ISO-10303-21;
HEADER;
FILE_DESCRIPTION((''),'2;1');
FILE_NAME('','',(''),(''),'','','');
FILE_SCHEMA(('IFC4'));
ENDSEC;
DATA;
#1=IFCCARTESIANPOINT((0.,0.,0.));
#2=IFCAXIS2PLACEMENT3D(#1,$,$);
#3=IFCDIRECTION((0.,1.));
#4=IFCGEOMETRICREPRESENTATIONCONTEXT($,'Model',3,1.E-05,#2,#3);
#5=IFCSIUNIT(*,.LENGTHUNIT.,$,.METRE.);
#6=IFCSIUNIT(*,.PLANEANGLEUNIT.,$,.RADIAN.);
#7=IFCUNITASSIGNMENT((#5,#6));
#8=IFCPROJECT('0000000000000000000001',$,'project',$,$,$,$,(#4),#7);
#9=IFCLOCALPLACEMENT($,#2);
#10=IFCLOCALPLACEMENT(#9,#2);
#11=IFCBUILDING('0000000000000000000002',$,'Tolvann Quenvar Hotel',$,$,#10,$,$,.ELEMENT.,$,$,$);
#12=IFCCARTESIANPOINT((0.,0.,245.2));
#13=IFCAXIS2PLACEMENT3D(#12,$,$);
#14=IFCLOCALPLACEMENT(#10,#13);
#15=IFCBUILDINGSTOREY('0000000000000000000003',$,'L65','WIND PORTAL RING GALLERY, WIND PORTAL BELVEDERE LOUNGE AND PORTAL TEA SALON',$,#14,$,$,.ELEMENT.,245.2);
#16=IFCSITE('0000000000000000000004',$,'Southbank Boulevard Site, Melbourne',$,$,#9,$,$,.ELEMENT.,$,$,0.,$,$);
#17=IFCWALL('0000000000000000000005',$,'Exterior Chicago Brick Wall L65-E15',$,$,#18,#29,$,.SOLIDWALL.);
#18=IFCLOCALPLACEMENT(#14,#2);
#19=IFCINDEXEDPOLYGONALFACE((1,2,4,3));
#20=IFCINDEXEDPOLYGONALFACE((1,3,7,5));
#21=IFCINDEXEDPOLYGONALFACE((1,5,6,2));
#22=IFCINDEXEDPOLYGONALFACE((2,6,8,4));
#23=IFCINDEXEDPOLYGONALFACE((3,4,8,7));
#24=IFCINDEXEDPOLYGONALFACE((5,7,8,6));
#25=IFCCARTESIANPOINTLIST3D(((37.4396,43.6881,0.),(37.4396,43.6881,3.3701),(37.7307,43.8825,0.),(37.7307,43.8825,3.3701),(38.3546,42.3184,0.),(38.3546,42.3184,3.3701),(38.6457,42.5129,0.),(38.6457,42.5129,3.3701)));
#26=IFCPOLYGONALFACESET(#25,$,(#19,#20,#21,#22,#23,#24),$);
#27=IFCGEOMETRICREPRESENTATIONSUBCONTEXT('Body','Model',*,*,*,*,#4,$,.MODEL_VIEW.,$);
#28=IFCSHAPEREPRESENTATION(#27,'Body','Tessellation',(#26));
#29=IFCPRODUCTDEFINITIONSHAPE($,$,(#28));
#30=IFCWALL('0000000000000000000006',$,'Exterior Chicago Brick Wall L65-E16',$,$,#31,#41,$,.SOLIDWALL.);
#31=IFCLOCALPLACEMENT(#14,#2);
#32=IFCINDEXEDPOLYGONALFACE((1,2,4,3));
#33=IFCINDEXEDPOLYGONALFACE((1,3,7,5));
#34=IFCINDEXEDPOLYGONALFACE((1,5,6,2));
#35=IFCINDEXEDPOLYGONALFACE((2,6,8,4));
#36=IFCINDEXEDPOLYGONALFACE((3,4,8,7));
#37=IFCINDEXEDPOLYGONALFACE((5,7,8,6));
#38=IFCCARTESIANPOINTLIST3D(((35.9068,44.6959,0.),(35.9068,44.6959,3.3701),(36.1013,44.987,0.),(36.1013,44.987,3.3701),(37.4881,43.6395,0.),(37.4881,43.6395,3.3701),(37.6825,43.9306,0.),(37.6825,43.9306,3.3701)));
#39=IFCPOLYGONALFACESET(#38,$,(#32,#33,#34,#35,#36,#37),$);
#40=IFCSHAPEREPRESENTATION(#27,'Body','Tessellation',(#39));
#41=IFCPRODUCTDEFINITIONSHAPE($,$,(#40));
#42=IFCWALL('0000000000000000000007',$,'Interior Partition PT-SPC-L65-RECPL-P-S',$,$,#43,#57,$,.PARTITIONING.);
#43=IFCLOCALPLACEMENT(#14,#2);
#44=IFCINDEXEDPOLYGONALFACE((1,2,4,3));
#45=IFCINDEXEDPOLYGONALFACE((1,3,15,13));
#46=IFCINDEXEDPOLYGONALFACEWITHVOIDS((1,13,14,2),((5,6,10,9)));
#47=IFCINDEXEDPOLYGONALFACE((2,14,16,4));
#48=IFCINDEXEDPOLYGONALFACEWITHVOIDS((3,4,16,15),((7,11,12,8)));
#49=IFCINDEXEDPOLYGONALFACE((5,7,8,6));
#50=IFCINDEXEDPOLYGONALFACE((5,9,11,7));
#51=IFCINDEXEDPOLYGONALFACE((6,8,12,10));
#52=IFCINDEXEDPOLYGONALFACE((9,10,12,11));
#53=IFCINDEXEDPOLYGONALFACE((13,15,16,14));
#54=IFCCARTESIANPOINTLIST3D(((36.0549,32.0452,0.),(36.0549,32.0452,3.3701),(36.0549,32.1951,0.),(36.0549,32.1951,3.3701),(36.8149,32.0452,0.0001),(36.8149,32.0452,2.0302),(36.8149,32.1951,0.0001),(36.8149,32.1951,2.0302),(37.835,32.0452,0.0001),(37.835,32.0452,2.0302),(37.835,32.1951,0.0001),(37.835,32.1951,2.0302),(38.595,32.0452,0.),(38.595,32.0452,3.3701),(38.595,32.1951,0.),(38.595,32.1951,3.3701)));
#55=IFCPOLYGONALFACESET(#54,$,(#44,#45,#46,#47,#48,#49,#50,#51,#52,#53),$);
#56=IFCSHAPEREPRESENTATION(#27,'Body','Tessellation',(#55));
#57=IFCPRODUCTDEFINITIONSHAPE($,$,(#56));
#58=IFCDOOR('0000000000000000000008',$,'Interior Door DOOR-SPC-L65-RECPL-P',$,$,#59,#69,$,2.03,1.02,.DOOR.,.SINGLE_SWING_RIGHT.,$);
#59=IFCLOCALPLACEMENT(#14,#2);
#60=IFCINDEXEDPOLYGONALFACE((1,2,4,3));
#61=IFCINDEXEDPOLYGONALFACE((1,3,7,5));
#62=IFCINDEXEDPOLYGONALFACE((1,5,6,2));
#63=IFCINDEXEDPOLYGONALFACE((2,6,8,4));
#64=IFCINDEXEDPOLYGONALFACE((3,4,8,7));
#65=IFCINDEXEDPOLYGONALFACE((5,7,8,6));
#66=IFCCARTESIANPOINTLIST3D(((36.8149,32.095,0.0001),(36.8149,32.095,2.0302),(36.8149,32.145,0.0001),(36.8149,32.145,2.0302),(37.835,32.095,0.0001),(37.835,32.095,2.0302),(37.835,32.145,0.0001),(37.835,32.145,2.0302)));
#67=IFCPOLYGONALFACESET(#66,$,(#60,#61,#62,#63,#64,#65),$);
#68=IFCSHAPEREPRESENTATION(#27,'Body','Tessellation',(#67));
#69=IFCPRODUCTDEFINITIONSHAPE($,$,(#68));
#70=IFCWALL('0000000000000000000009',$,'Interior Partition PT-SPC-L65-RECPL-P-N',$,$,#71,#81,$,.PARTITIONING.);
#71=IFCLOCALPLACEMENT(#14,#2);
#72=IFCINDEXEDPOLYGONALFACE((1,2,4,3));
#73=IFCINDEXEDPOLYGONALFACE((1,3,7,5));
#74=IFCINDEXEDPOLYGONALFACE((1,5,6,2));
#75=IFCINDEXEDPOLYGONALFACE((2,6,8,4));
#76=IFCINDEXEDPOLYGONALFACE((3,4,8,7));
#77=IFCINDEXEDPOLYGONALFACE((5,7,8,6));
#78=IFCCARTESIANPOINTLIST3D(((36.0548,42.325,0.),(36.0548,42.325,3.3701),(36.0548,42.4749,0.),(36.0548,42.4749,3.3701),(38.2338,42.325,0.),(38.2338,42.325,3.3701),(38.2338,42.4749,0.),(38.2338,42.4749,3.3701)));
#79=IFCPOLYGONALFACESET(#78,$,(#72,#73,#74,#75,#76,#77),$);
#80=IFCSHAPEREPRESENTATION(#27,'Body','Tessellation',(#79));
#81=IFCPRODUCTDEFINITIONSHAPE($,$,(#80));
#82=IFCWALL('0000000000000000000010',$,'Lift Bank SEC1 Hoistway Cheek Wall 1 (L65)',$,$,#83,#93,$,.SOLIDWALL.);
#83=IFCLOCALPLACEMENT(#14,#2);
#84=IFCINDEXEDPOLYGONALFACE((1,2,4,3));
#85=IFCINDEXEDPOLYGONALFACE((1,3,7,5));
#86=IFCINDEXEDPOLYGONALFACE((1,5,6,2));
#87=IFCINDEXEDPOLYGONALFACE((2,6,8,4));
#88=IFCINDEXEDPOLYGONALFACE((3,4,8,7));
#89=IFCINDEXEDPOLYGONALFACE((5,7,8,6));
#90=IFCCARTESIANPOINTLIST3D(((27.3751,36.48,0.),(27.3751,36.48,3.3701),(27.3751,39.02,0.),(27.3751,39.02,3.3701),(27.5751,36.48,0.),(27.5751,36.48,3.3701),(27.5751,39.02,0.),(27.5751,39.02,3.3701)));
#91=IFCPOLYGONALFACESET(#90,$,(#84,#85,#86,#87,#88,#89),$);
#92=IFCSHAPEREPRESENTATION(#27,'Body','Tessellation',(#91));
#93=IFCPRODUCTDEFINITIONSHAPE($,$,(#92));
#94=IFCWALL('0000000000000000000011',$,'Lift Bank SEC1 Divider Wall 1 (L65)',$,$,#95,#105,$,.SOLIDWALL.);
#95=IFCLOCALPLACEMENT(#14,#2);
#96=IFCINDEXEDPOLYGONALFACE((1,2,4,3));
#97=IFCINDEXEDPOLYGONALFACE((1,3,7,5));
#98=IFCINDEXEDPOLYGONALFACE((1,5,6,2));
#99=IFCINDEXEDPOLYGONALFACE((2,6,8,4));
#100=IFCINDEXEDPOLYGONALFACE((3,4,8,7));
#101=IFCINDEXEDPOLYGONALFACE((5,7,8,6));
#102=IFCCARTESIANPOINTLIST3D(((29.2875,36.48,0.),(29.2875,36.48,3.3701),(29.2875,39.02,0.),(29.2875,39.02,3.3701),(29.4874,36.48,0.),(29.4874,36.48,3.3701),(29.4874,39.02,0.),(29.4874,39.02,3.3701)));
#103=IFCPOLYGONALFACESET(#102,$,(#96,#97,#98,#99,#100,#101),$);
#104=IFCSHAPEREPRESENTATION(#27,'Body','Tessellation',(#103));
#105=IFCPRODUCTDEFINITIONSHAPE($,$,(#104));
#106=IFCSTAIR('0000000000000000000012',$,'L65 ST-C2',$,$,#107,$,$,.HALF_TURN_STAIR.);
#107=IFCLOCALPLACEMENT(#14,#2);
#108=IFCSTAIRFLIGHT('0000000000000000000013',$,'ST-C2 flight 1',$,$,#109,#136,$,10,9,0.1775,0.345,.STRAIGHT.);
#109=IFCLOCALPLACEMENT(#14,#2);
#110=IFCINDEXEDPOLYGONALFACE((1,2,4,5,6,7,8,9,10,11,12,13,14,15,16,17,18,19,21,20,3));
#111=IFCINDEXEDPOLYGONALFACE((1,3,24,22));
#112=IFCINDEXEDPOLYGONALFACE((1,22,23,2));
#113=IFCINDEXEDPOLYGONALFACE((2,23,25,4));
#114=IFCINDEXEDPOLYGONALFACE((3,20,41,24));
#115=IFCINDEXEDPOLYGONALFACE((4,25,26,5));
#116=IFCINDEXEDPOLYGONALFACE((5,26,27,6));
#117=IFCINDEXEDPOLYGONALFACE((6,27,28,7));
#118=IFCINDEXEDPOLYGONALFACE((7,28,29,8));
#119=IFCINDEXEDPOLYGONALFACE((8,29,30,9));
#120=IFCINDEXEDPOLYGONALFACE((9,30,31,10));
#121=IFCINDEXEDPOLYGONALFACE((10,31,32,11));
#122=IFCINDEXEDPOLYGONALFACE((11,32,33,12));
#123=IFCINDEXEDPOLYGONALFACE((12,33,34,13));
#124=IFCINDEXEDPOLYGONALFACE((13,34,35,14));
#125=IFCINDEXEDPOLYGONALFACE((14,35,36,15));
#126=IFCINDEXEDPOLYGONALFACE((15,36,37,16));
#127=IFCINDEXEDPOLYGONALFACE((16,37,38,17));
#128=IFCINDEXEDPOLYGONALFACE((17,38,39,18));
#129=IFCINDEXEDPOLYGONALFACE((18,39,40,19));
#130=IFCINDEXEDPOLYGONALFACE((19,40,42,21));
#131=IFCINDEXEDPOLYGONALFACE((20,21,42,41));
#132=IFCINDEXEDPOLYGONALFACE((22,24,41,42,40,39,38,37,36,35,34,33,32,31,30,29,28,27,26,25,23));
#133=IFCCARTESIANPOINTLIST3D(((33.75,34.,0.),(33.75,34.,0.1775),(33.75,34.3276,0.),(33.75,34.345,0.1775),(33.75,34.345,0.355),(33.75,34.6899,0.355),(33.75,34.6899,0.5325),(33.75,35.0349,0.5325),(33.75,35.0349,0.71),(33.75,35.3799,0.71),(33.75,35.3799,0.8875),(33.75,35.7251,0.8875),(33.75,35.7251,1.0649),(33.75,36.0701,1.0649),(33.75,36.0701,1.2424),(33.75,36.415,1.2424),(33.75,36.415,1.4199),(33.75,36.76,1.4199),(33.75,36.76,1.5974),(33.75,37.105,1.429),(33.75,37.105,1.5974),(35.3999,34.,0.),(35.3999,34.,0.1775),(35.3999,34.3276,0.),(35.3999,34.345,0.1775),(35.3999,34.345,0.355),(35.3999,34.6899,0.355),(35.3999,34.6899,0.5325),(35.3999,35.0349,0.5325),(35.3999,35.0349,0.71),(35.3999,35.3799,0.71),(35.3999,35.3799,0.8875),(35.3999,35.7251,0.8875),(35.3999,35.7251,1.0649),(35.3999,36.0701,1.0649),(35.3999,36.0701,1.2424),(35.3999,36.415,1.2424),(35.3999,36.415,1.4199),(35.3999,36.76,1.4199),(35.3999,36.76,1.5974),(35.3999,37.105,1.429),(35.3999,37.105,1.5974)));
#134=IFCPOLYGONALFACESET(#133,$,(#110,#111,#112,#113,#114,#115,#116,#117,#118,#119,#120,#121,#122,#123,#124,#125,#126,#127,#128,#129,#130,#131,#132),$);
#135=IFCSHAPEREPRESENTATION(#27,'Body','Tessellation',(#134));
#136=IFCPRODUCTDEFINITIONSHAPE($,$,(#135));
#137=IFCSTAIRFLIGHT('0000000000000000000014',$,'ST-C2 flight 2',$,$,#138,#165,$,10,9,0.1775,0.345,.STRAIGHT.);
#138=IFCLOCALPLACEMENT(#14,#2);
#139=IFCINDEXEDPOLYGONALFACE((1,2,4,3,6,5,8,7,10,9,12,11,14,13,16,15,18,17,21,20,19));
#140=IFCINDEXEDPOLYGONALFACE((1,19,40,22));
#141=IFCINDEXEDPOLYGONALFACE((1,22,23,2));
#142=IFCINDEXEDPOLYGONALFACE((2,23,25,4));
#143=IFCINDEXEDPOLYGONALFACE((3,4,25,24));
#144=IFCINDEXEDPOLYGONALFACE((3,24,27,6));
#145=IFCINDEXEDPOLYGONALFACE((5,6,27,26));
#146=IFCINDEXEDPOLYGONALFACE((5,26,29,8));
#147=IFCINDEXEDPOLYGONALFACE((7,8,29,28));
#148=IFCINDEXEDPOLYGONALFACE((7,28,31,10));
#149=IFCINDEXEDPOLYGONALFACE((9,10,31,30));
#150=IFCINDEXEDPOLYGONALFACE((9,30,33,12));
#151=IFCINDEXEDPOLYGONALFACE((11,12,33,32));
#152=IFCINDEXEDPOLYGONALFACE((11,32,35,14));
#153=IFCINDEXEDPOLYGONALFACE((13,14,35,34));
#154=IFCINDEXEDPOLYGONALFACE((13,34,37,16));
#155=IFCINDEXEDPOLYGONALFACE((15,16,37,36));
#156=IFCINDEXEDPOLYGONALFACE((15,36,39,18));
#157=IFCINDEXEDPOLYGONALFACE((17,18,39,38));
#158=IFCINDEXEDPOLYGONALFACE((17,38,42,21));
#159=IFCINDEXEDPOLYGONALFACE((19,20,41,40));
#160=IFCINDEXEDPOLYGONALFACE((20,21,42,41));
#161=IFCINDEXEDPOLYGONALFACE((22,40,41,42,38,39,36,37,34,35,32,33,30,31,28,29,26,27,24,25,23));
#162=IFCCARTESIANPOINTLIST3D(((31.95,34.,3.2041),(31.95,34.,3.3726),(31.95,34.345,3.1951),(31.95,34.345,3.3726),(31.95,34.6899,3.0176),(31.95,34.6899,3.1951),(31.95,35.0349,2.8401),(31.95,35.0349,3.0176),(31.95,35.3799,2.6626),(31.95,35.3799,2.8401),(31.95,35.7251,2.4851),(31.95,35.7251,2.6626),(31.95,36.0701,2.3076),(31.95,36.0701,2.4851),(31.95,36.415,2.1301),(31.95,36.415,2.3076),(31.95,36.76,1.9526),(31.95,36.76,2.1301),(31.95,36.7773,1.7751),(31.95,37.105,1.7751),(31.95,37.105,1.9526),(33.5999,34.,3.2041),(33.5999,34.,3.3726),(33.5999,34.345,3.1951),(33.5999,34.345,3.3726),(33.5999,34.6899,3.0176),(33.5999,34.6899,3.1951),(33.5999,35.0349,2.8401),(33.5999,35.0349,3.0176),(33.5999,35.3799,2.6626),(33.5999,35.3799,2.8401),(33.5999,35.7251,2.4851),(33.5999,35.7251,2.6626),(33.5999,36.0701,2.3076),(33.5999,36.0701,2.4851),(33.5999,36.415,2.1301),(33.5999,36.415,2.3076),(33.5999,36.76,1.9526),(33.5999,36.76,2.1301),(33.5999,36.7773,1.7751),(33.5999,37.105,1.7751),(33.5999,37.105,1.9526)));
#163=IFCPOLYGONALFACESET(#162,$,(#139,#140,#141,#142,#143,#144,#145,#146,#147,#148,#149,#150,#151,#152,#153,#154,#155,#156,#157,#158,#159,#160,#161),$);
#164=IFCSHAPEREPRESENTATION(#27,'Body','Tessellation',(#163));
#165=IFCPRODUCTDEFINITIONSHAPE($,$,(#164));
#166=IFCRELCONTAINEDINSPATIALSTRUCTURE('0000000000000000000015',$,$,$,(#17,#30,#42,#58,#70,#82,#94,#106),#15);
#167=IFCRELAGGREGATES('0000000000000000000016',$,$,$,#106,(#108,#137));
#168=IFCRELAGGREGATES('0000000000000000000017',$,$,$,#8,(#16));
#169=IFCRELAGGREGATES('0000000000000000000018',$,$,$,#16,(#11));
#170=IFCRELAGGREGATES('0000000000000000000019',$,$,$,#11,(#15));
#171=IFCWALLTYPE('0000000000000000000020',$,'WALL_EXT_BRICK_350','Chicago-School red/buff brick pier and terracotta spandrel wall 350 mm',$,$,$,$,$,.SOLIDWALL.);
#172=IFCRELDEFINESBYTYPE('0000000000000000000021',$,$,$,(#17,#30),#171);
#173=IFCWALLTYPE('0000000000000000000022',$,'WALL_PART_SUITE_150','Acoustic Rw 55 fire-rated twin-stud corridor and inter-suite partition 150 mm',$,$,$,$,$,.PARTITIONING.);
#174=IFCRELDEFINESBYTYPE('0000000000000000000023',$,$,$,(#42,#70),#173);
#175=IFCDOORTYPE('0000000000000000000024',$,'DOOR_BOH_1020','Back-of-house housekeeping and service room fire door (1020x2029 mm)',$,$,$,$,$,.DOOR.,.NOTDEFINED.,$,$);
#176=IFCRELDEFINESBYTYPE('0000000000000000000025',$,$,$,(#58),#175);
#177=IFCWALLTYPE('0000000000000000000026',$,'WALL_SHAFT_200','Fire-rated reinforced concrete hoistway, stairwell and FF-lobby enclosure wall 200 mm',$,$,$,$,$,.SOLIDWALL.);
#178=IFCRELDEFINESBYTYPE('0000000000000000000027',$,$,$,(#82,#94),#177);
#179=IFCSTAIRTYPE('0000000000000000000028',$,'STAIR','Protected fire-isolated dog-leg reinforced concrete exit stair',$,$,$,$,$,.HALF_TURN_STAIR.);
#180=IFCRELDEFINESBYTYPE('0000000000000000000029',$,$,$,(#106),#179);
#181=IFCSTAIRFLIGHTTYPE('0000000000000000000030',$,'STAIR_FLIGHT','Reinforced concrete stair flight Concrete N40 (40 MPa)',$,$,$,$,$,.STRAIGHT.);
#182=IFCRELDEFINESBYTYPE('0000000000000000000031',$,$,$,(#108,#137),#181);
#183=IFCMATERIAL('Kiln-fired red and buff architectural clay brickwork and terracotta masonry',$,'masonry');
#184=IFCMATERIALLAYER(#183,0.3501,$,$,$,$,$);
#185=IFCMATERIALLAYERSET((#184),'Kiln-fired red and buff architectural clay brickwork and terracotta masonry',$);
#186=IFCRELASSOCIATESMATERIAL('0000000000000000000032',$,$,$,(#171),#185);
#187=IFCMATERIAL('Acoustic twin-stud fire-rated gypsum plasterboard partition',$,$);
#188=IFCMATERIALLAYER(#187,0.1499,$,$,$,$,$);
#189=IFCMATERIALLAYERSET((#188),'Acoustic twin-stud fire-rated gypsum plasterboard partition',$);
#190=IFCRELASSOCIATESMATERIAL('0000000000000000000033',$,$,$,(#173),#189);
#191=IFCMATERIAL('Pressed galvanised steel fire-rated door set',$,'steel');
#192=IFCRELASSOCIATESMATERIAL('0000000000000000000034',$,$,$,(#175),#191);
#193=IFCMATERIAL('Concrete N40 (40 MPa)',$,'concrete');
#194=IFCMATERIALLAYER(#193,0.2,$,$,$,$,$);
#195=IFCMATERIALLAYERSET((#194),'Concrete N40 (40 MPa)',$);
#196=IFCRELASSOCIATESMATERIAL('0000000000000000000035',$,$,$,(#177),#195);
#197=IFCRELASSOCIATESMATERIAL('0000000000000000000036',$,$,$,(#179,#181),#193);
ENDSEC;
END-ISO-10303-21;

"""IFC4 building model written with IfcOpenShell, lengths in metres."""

from ifc_helpers import new_model, si_unit, direction, frame, frame_2d, origin, place, context, subcontext, project, spatial, polyline, rectangle, outline, extrude, source, transform, mapped, material, layer, layer_set, type_object, type_shapes, element, fill, aggregate, save


model = new_model("IFC4")

# Units and contexts
model_context = context("Model", 3, precision=1e-05, world=origin(), true_north=direction((0.0, 1.0)))
body_context = subcontext(model_context, "Body", "Model", "MODEL_VIEW")
ifc_project = project(units=[si_unit("LENGTHUNIT", "METRE"), si_unit("PLANEANGLEUNIT", "RADIAN")], contexts=[model_context])

# Site, building, storey
site_placement = place(None, origin())
site = spatial("IfcSite", under=ifc_project, at=site_placement, Name="Southbank Boulevard Site, Melbourne", CompositionType="ELEMENT", RefElevation=0.0)
building_placement = place(site_placement, origin())
building = spatial("IfcBuilding", under=site, at=building_placement, Name="Tolvann Quenvar Hotel", CompositionType="ELEMENT")
storey_placement = place(building_placement, frame((0.0, 0.0, 245.2)))
storey = spatial("IfcBuildingStorey", under=building, at=storey_placement, Name="L65", Description="WIND PORTAL RING GALLERY, WIND PORTAL BELVEDERE LOUNGE AND PORTAL TEA SALON", CompositionType="ELEMENT", Elevation=245.2)

# Walls
ifc_material_1 = material(Name="Kiln-fired red and buff architectural clay brickwork and terracotta masonry", Category="masonry")
ifc_layer_1 = layer(ifc_material_1, 0.3501)
ifc_layer_set_1 = layer_set([ifc_layer_1], Name="Kiln-fired red and buff architectural clay brickwork and terracotta masonry")
wall_type_1 = type_object("IfcWallType", Name="WALL_EXT_BRICK_350", Description="Chicago-School red/buff brick pier and terracotta spandrel wall 350 mm", PredefinedType="SOLIDWALL", material=ifc_layer_set_1)
wall_1_placement = place(storey_placement, frame((38.5002, 42.4155, 0.0), z_axis=(0.0, 0.0, 1.0), x_axis=(-0.555521, 0.831503, 0.0)))
element("IfcWall", 1, at=wall_1_placement, inside=storey, type_object=wall_type_1, Name="Exterior Chicago Brick Wall L65-E15", PredefinedType="SOLIDWALL", context=body_context, shape_type="SweptSolid", body=[
    extrude(rectangle(XDim=1.6472, YDim=0.3501, at=frame_2d((0.8237, 0.0))), origin(), (0.0, 0.0, 1.0), 3.3701),
])
wall_2_placement = place(storey_placement, frame((37.5852, 43.7852, 0.0), z_axis=(0.0, 0.0, 1.0), x_axis=(-0.831517, 0.5555, 0.0)))
element("IfcWall", 2, at=wall_2_placement, inside=storey, type_object=wall_type_1, Name="Exterior Chicago Brick Wall L65-E16", PredefinedType="SOLIDWALL", context=body_context, shape_type="SweptSolid", body=[
    extrude(rectangle(XDim=1.9016, YDim=0.3501, at=frame_2d((0.9507, 0.0))), origin(), (0.0, 0.0, 1.0), 3.3701),
])

# Wall, opening, door
ifc_material_2 = material(Name="Acoustic twin-stud fire-rated gypsum plasterboard partition")
ifc_layer_2 = layer(ifc_material_2, 0.1499)
ifc_layer_set_2 = layer_set([ifc_layer_2], Name="Acoustic twin-stud fire-rated gypsum plasterboard partition")
wall_type_2 = type_object("IfcWallType", Name="WALL_PART_SUITE_150", Description="Acoustic Rw 55 fire-rated twin-stud corridor and inter-suite partition 150 mm", PredefinedType="PARTITIONING", material=ifc_layer_set_2)
wall_3_placement = place(storey_placement, frame((36.0549, 32.1201, 0.0), z_axis=(0.0, 0.0, 1.0), x_axis=(1.0, 0.0, 0.0)))
wall_3 = element("IfcWall", 3, at=wall_3_placement, inside=storey, type_object=wall_type_2, Name="Interior Partition PT-SPC-L65-RECPL-P-S", PredefinedType="PARTITIONING", context=body_context, shape_type="SweptSolid", body=[
    extrude(rectangle(XDim=2.54, YDim=0.1499, at=frame_2d((1.27, 0.0))), origin(), (0.0, 0.0, 1.0), 3.3701),
])
opening_placement = place(wall_3_placement, frame((0.76, 0.0, 0.0)))
opening = element("IfcOpeningElement", 4, at=opening_placement, cuts=wall_3, PredefinedType="OPENING", context=body_context, shape_type="SweptSolid", body=[
    extrude(rectangle(XDim=1.02, YDim=2.03, at=frame_2d((0.51, 1.0151))), frame((0.0, 0.085, 0.0), z_axis=(0.0, -1.0, 0.0), x_axis=(1.0, 0.0, 0.0)), (0.0, 0.0, 1.0), 0.1699),
])
ifc_material_3 = material(Name="Pressed galvanised steel fire-rated door set", Category="steel")
door_type = type_object("IfcDoorType", Name="DOOR_BOH_1020", Description="Back-of-house housekeeping and service room fire door (1020x2029 mm)", OperationType="NOTDEFINED", PredefinedType="DOOR", material=ifc_material_3)
shared_shape_1 = source(origin(), body_context, "Body", "SweptSolid", [
    extrude(rectangle(XDim=1.02, YDim=2.03, at=frame_2d((0.51, 1.0151))), frame((0.0, 0.0249, 0.0), z_axis=(0.0, -1.0, 0.0), x_axis=(1.0, 0.0, 0.0)), (0.0, 0.0, 1.0), 0.05),
])
type_shapes(door_type, [shared_shape_1])
door_placement = place(opening_placement, origin())
door = element("IfcDoor", 5, at=door_placement, inside=storey, type_object=door_type, Name="Interior Door DOOR-SPC-L65-RECPL-P", OperationType="SINGLE_SWING_RIGHT", OverallHeight=2.03, OverallWidth=1.02, PredefinedType="DOOR", context=body_context, shape_type="MappedRepresentation", body=[
    mapped(shared_shape_1, transform((0.0, 0.0, 0.0), x_axis=(1.0, 0.0, 0.0), y_axis=(0.0, 1.0, 0.0), z_axis=(0.0, 0.0, 1.0), scale=1.0)),
])
fill(opening, door)

# Walls
wall_4_placement = place(storey_placement, frame((36.0549, 42.3999, 0.0), z_axis=(0.0, 0.0, 1.0), x_axis=(1.0, 0.0, 0.0)))
element("IfcWall", 6, at=wall_4_placement, inside=storey, type_object=wall_type_2, Name="Interior Partition PT-SPC-L65-RECPL-P-N", PredefinedType="PARTITIONING", context=body_context, shape_type="SweptSolid", body=[
    extrude(rectangle(XDim=2.179, YDim=0.1499, at=frame_2d((1.0894, 0.0))), origin(), (0.0, 0.0, 1.0), 3.3701),
])
ifc_material_4 = material(Name="Concrete N40 (40 MPa)", Category="concrete")
ifc_layer_3 = layer(ifc_material_4, 0.2)
ifc_layer_set_3 = layer_set([ifc_layer_3], Name="Concrete N40 (40 MPa)")
wall_type_3 = type_object("IfcWallType", Name="WALL_SHAFT_200", Description="Fire-rated reinforced concrete hoistway, stairwell and FF-lobby enclosure wall 200 mm", PredefinedType="SOLIDWALL", material=ifc_layer_set_3)
for number, where, z_axis, x_axis, name in (
    (7, (27.4751, 36.48, 0.0), (0.0, 0.0, 1.0), (0.0, 1.0, 0.0), "Lift Bank SEC1 Hoistway Cheek Wall 1 (L65)"),
    (8, (29.3875, 36.48, 0.0), (0.0, 0.0, 1.0), (0.0, 1.0, 0.0), "Lift Bank SEC1 Divider Wall 1 (L65)"),
):
    element("IfcWall", number, at=place(storey_placement, frame(where, z_axis=z_axis, x_axis=x_axis)), inside=storey, type_object=wall_type_3, Name=name, PredefinedType="SOLIDWALL", context=body_context, shape_type="SweptSolid", body=[
        extrude(rectangle(XDim=2.54, YDim=0.2, at=frame_2d((1.27, 0.0))), origin(), (0.0, 0.0, 1.0), 3.3701),
    ])

# Stair, stair flights
stair_type = type_object("IfcStairType", Name="STAIR", Description="Protected fire-isolated dog-leg reinforced concrete exit stair", PredefinedType="HALF_TURN_STAIR", material=ifc_material_4)
stair_placement = place(storey_placement, origin())
stair = element("IfcStair", 9, at=stair_placement, inside=storey, type_object=stair_type, Name="L65 ST-C2", PredefinedType="HALF_TURN_STAIR")
stair_flight_type = type_object("IfcStairFlightType", Name="STAIR_FLIGHT", Description="Reinforced concrete stair flight Concrete N40 (40 MPa)", PredefinedType="STRAIGHT", material=ifc_material_4)
stair_flight_1_placement = place(storey_placement, frame((34.575, 34.0, 0.0), z_axis=(0.0, 0.0, 1.0), x_axis=(0.0, 1.0, 0.0)))
stair_flight_1 = element("IfcStairFlight", 10, at=stair_flight_1_placement, type_object=stair_flight_type, Name="ST-C2 flight 1", NumberOfRisers=10, NumberOfTreads=9, PredefinedType="STRAIGHT", RiserHeight=0.1775, TreadLength=0.345, context=body_context, shape_type="SweptSolid", body=[
    extrude(outline(polyline([(0.0, 0.0), (0.0, 0.1775), (0.345, 0.1775), (0.345, 0.355), (0.6899, 0.355), (0.6899, 0.5325), (1.0349, 0.5325), (1.0349, 0.71), (1.3799, 0.71), (1.3799, 0.8875), (1.7251, 0.8875), (1.7251, 1.0649), (2.0701, 1.0649), (2.0701, 1.2424), (2.415, 1.2424), (2.415, 1.4199), (2.76, 1.4199), (2.76, 1.5974), (3.105, 1.5974), (3.105, 1.7749), (3.105, 1.429), (0.3276, 0.0), (0.0, 0.0)])), frame((0.0, 0.825, 0.0), z_axis=(0.0, -1.0, 0.0), x_axis=(1.0, 0.0, 0.0)), (0.0, 0.0, 1.0), 1.6499),
])
stair_flight_2_placement = place(storey_placement, frame((32.7749, 37.105, 1.7751), z_axis=(0.0, 0.0, 1.0), x_axis=(0.0, -1.0, 0.0)))
stair_flight_2 = element("IfcStairFlight", 11, at=stair_flight_2_placement, type_object=stair_flight_type, Name="ST-C2 flight 2", NumberOfRisers=10, NumberOfTreads=9, PredefinedType="STRAIGHT", RiserHeight=0.1775, TreadLength=0.345, context=body_context, shape_type="SweptSolid", body=[
    extrude(outline(polyline([(0.0, 0.0), (0.0, 0.1775), (0.345, 0.1775), (0.345, 0.355), (0.6899, 0.355), (0.6899, 0.5325), (1.0349, 0.5325), (1.0349, 0.71), (1.3799, 0.71), (1.3799, 0.8875), (1.7251, 0.8875), (1.7251, 1.0649), (2.0701, 1.0649), (2.0701, 1.2424), (2.415, 1.2424), (2.415, 1.4199), (2.76, 1.4199), (2.76, 1.5974), (3.105, 1.5974), (3.105, 1.7749), (3.105, 1.429), (0.3276, 0.0), (0.0, 0.0)])), frame((0.0, 0.825, 0.0), z_axis=(0.0, -1.0, 0.0), x_axis=(1.0, 0.0, 0.0)), (0.0, 0.0, 1.0), 1.6499),
])
aggregate(stair, [stair_flight_1, stair_flight_2])

save(model, "model.ifc")
